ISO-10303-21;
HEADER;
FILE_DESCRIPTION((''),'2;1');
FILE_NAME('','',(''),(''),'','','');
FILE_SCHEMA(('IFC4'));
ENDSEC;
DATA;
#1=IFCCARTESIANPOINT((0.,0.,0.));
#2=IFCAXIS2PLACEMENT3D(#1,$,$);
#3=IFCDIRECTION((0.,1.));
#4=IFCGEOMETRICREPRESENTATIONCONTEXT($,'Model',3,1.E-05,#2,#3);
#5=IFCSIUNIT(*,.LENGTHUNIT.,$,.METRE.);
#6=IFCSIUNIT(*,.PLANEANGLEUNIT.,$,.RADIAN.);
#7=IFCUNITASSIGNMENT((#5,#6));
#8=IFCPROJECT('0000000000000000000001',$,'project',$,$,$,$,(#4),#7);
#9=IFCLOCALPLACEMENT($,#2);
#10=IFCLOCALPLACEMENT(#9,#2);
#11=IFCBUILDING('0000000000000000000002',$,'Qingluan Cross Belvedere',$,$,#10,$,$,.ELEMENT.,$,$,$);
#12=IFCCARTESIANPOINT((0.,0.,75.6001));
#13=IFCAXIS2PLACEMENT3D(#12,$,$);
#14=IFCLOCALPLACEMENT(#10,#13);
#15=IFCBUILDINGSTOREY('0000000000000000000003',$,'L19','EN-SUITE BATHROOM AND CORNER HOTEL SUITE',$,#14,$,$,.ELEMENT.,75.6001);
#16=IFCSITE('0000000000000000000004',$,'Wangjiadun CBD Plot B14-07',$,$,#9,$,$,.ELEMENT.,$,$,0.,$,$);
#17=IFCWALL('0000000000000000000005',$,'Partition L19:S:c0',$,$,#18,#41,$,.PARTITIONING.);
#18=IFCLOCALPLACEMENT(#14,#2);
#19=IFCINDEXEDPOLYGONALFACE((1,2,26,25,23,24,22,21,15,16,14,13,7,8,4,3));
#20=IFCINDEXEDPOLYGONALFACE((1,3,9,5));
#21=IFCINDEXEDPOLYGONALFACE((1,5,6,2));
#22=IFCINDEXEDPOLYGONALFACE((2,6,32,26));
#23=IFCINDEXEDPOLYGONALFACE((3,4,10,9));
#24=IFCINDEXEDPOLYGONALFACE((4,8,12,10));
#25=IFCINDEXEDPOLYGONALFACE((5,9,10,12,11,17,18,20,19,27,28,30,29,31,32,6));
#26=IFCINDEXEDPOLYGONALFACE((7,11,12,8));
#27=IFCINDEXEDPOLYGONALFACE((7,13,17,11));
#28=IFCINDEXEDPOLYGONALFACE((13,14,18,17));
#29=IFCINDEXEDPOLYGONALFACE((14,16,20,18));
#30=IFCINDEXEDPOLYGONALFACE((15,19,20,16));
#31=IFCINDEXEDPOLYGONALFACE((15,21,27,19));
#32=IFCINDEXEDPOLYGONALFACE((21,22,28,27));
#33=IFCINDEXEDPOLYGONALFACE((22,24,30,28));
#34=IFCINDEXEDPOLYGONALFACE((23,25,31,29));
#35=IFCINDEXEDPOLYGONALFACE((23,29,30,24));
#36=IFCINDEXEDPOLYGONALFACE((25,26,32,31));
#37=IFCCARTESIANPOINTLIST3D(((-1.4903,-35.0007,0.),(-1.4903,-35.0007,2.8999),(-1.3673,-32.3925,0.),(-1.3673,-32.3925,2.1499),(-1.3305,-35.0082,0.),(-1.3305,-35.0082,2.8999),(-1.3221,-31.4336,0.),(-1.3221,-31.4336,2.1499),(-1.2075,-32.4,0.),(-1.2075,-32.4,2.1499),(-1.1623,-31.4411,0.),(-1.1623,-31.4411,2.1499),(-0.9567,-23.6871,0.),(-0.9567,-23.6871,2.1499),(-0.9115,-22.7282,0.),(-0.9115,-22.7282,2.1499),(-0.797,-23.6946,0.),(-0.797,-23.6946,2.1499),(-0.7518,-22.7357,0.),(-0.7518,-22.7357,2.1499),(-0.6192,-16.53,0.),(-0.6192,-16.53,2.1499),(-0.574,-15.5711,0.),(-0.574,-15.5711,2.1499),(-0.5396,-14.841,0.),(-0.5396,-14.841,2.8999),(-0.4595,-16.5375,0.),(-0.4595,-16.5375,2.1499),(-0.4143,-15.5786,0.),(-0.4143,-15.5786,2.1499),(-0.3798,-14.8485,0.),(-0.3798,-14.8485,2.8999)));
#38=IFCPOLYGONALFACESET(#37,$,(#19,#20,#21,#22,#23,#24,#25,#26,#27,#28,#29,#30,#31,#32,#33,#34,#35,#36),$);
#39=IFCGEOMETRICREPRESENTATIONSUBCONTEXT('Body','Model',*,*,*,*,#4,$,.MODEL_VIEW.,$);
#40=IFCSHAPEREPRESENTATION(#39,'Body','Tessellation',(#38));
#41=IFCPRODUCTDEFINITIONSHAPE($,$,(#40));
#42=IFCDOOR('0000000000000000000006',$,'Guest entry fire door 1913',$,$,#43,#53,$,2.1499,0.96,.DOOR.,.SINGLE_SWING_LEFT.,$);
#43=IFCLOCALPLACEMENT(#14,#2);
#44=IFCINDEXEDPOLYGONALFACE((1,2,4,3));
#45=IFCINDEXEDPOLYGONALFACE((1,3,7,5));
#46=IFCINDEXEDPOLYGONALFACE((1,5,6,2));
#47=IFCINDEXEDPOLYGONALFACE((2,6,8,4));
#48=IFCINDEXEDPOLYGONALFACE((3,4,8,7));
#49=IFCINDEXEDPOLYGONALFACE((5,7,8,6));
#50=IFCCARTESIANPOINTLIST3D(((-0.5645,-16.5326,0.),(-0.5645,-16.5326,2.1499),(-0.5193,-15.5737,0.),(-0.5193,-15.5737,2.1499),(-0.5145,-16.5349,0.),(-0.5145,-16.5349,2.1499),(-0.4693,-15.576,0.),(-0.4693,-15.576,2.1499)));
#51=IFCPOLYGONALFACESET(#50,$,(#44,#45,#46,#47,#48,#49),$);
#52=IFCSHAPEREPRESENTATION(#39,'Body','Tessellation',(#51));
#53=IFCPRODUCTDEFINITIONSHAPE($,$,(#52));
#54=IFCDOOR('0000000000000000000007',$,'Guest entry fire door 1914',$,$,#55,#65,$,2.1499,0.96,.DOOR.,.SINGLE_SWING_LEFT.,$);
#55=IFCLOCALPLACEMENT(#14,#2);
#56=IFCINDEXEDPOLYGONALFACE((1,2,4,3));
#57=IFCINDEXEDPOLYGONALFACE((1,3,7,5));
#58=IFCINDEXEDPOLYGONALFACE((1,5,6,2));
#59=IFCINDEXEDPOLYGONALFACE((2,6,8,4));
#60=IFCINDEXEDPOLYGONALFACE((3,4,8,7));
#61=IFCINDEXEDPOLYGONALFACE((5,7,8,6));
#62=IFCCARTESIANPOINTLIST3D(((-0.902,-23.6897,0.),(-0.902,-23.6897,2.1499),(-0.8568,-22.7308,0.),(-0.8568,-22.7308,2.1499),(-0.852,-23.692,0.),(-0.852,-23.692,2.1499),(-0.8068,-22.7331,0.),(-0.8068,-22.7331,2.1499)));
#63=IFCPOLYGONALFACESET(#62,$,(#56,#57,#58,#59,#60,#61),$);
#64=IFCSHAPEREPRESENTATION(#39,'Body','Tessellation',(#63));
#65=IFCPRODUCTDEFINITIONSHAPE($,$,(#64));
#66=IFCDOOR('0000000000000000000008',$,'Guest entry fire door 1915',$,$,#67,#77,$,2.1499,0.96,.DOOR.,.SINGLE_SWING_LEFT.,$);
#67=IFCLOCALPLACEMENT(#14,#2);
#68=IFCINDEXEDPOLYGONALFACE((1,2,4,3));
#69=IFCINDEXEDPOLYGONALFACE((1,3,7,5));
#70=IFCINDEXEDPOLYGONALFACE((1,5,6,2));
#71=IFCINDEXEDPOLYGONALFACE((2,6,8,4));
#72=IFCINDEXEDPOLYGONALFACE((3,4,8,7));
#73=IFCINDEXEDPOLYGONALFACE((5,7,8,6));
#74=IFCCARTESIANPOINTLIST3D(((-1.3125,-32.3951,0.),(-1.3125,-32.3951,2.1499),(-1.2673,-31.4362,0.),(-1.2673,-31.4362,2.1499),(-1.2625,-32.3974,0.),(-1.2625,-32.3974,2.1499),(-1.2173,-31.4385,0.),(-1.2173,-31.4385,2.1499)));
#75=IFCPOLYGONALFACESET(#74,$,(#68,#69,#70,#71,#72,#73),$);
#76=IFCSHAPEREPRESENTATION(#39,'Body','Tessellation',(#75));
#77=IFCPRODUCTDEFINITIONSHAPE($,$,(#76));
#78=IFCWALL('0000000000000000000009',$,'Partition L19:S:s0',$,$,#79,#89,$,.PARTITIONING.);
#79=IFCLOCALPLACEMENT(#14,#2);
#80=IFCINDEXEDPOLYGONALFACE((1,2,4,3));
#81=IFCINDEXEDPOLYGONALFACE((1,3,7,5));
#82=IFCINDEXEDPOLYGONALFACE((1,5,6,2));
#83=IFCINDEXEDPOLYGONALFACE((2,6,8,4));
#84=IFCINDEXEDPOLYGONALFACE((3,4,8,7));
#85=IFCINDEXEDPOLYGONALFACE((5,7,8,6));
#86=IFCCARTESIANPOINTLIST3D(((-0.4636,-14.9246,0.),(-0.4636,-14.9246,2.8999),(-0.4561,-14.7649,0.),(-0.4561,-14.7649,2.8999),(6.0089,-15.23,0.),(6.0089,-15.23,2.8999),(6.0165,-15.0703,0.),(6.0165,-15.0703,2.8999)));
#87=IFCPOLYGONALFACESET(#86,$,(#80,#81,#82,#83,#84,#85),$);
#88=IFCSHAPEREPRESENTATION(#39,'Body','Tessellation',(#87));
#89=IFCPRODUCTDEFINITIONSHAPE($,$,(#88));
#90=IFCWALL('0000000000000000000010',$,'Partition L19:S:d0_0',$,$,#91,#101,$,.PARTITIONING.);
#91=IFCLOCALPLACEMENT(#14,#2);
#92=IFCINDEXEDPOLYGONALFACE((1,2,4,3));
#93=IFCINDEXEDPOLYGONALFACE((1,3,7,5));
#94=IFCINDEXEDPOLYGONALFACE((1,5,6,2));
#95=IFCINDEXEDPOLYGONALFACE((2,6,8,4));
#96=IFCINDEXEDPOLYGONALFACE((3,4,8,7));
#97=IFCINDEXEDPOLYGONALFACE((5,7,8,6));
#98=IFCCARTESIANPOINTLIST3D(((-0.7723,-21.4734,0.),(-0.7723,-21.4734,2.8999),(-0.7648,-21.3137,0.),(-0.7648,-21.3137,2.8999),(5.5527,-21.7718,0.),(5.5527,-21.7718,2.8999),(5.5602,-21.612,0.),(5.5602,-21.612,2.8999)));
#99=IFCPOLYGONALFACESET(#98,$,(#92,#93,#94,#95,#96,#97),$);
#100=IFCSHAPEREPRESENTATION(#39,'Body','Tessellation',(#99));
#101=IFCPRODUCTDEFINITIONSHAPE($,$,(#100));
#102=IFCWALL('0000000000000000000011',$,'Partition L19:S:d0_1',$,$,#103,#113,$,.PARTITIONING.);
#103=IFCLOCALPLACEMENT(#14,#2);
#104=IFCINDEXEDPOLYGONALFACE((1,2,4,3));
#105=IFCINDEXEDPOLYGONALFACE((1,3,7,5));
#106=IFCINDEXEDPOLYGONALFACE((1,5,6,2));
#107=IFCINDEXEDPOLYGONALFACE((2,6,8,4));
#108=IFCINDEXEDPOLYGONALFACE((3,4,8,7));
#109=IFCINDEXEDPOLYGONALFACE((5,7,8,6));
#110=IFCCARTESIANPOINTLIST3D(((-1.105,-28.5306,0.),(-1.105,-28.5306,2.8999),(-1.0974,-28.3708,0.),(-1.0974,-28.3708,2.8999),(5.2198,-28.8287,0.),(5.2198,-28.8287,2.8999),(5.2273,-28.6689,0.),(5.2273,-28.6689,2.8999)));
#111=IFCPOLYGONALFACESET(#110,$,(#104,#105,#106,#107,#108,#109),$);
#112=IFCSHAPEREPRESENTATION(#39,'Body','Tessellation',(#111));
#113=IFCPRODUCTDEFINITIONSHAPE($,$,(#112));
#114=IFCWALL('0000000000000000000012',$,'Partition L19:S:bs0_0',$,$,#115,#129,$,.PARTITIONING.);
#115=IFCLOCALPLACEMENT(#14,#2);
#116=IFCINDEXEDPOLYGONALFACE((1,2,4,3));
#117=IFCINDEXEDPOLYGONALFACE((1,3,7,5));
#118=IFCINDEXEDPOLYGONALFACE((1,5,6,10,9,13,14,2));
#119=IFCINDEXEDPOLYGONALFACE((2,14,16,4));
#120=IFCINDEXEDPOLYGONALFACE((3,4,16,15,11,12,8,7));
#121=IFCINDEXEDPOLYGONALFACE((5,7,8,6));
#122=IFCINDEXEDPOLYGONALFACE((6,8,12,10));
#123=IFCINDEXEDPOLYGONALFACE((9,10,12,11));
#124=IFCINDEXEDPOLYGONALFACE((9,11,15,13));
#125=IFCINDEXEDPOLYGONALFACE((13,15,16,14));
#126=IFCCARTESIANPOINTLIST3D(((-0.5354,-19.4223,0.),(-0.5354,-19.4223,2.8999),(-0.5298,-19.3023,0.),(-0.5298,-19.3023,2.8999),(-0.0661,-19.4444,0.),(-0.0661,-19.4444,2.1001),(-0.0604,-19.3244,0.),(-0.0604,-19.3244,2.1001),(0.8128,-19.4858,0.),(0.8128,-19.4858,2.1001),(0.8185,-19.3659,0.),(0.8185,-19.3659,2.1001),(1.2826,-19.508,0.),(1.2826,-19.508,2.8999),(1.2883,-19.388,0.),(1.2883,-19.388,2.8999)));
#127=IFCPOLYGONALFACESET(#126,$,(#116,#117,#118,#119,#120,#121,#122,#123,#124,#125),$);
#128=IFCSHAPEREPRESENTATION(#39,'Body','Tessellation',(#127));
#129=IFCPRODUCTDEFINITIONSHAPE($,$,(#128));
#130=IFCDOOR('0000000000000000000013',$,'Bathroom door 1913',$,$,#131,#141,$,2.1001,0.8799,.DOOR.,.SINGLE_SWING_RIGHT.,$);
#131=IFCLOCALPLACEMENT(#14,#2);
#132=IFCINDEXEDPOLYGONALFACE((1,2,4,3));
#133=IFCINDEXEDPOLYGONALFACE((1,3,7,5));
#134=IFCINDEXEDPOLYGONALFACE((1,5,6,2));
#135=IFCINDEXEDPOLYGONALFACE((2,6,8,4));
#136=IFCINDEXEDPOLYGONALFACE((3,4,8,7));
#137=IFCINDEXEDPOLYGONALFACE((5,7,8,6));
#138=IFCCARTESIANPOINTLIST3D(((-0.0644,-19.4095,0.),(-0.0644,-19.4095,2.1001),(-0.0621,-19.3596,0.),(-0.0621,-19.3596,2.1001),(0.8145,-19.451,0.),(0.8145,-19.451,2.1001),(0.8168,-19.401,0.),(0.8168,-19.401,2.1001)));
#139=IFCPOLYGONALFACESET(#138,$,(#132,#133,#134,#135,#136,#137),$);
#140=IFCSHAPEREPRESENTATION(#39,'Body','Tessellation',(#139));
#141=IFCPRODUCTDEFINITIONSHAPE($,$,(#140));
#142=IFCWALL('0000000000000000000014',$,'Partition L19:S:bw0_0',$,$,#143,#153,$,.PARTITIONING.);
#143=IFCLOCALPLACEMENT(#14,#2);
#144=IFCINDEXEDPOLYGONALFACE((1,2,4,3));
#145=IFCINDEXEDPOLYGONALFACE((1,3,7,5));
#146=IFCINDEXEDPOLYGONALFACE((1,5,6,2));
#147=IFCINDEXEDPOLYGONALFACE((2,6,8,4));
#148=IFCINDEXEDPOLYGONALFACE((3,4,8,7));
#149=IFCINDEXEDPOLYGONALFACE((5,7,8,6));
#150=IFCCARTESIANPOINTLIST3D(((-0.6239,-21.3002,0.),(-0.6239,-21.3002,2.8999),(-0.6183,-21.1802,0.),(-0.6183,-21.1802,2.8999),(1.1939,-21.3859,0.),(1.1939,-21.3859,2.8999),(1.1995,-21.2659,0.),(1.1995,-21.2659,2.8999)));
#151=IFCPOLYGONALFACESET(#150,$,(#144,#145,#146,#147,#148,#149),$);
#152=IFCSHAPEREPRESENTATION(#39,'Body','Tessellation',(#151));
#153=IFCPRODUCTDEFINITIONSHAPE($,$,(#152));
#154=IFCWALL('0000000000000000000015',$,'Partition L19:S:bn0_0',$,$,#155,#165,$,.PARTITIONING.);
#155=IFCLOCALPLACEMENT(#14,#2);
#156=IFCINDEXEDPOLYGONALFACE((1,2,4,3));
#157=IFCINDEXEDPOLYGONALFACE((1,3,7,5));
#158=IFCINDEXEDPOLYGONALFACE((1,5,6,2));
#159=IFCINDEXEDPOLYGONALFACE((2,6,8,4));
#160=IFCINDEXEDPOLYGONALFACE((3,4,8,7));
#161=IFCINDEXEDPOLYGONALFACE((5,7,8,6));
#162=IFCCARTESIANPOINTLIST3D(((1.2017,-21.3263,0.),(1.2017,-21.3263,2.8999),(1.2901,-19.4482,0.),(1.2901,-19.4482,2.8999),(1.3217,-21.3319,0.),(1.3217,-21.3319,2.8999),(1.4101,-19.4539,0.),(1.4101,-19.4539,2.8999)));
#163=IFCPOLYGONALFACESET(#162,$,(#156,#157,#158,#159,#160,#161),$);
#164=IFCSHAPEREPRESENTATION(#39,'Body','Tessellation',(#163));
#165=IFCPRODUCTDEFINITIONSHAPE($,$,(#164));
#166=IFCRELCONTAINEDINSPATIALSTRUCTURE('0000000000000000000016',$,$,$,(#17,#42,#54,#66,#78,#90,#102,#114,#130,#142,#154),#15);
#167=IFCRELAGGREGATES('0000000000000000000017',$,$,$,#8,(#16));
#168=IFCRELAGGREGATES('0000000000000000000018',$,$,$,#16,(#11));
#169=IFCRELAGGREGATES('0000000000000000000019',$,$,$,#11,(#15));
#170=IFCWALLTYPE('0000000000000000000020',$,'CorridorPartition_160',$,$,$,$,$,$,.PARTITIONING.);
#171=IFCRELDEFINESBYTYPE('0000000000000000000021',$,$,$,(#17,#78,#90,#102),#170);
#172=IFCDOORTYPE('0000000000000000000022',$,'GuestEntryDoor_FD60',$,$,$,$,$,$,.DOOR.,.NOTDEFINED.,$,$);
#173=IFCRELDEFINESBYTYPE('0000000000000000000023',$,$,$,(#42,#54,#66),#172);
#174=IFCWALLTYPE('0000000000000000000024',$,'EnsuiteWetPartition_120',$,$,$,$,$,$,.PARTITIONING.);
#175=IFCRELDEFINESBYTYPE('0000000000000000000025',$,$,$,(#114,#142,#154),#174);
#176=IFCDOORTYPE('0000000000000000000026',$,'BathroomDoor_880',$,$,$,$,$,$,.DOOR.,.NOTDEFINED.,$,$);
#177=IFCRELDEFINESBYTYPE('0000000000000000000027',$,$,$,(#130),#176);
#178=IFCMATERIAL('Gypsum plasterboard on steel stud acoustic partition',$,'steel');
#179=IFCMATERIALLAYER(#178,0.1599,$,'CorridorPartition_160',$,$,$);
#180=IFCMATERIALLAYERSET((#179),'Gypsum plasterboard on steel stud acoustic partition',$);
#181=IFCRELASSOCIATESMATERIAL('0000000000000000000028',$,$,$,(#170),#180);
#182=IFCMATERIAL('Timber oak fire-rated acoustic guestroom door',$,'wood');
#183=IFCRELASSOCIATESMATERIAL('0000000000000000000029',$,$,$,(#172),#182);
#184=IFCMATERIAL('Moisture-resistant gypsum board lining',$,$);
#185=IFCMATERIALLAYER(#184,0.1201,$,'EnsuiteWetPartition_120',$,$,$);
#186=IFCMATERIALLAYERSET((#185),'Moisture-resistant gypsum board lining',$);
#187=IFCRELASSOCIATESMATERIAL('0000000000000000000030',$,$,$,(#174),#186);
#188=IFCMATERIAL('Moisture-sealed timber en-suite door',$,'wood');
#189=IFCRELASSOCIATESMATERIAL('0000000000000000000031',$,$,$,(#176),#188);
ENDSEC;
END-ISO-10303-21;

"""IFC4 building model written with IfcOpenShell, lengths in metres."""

from ifc_helpers import new_model, si_unit, direction, frame, frame_2d, origin, place, context, subcontext, project, spatial, rectangle, extrude, material, layer, layer_set, type_object, element, fill, save


model = new_model("IFC4")

# Units and contexts
model_context = context("Model", 3, precision=1e-05, world=origin(), true_north=direction((0.0, 1.0)))
body_context = subcontext(model_context, "Body", "Model", "MODEL_VIEW")
ifc_project = project(units=[si_unit("LENGTHUNIT", "METRE"), si_unit("PLANEANGLEUNIT", "RADIAN")], contexts=[model_context])

# Site, building, storey
site_placement = place(None, origin())
site = spatial("IfcSite", under=ifc_project, at=site_placement, Name="Wangjiadun CBD Plot B14-07", CompositionType="ELEMENT", RefElevation=0.0)
building_placement = place(site_placement, origin())
building = spatial("IfcBuilding", under=site, at=building_placement, Name="Qingluan Cross Belvedere", CompositionType="ELEMENT")
storey_placement = place(building_placement, frame((0.0, 0.0, 75.6001)))
storey = spatial("IfcBuildingStorey", under=building, at=storey_placement, Name="L19", Description="EN-SUITE BATHROOM AND CORNER HOTEL SUITE", CompositionType="ELEMENT", Elevation=75.6001)

# Wall, openings, doors
ifc_material_1 = material(Name="Gypsum plasterboard on steel stud acoustic partition", Category="steel")
ifc_layer_1 = layer(ifc_material_1, 0.1599, Name="CorridorPartition_160")
ifc_layer_set_1 = layer_set([ifc_layer_1], Name="Gypsum plasterboard on steel stud acoustic partition")
wall_type_1 = type_object("IfcWallType", Name="CorridorPartition_160", PredefinedType="PARTITIONING", material=ifc_layer_set_1)
wall_1_placement = place(storey_placement, frame((-0.4597, -14.8447, 0.0), z_axis=(0.0, 0.0, 1.0), x_axis=(-0.047105, -0.99889, 0.0)))
wall_1 = element("IfcWall", 1, at=wall_1_placement, inside=storey, type_object=wall_type_1, Name="Partition L19:S:c0", PredefinedType="PARTITIONING", context=body_context, shape_type="SweptSolid", body=[
    extrude(rectangle(XDim=20.1821, YDim=0.1599, at=frame_2d((10.0911, 0.0))), origin(), (0.0, 0.0, 1.0), 2.8999),
])
opening_1_placement = place(wall_1_placement, frame((0.731, 0.0, 0.0)))
opening_1 = element("IfcOpeningElement", 2, at=opening_1_placement, cuts=wall_1, PredefinedType="OPENING", context=body_context, shape_type="SweptSolid", body=[
    extrude(rectangle(XDim=0.96, YDim=2.1499, at=frame_2d((0.48, 1.075))), frame((0.0, 0.0898, 0.0), z_axis=(0.0, -1.0, 0.0), x_axis=(1.0, 0.0, 0.0)), (0.0, 0.0, 1.0), 0.1799),
])
opening_2_placement = place(wall_1_placement, frame((7.896, 0.0, 0.0)))
opening_2 = element("IfcOpeningElement", 3, at=opening_2_placement, cuts=wall_1, PredefinedType="OPENING", context=body_context, shape_type="SweptSolid", body=[
    extrude(rectangle(XDim=0.96, YDim=2.1499, at=frame_2d((0.48, 1.075))), frame((0.0, 0.0898, 0.0), z_axis=(0.0, -1.0, 0.0), x_axis=(1.0, 0.0, 0.0)), (0.0, 0.0, 1.0), 0.1799),
])
opening_3_placement = place(wall_1_placement, frame((16.6111, 0.0, 0.0)))
opening_3 = element("IfcOpeningElement", 4, at=opening_3_placement, cuts=wall_1, PredefinedType="OPENING", context=body_context, shape_type="SweptSolid", body=[
    extrude(rectangle(XDim=0.96, YDim=2.1499, at=frame_2d((0.48, 1.075))), frame((0.0, 0.0898, 0.0), z_axis=(0.0, -1.0, 0.0), x_axis=(1.0, 0.0, 0.0)), (0.0, 0.0, 1.0), 0.1799),
])
ifc_material_2 = material(Name="Timber oak fire-rated acoustic guestroom door", Category="wood")
door_type_1 = type_object("IfcDoorType", Name="GuestEntryDoor_FD60", OperationType="NOTDEFINED", PredefinedType="DOOR", material=ifc_material_2)
door_1_placement = place(opening_1_placement, origin())
door_1 = element("IfcDoor", 5, at=door_1_placement, inside=storey, type_object=door_type_1, Name="Guest entry fire door 1913", OperationType="SINGLE_SWING_LEFT", OverallHeight=2.1499, OverallWidth=0.96, PredefinedType="DOOR", context=body_context, shape_type="SweptSolid", body=[
    extrude(rectangle(XDim=0.96, YDim=2.1499, at=frame_2d((0.48, 1.075))), frame((0.0, 0.0249, 0.0), z_axis=(0.0, -1.0, 0.0), x_axis=(1.0, 0.0, 0.0)), (0.0, 0.0, 1.0), 0.05),
])
fill(opening_1, door_1)
door_2_placement = place(opening_2_placement, origin())
door_2 = element("IfcDoor", 6, at=door_2_placement, inside=storey, type_object=door_type_1, Name="Guest entry fire door 1914", OperationType="SINGLE_SWING_LEFT", OverallHeight=2.1499, OverallWidth=0.96, PredefinedType="DOOR", context=body_context, shape_type="SweptSolid", body=[
    extrude(rectangle(XDim=0.96, YDim=2.1499, at=frame_2d((0.48, 1.075))), frame((0.0, 0.0249, 0.0), z_axis=(0.0, -1.0, 0.0), x_axis=(1.0, 0.0, 0.0)), (0.0, 0.0, 1.0), 0.05),
])
fill(opening_2, door_2)
door_3_placement = place(opening_3_placement, origin())
door_3 = element("IfcDoor", 7, at=door_3_placement, inside=storey, type_object=door_type_1, Name="Guest entry fire door 1915", OperationType="SINGLE_SWING_LEFT", OverallHeight=2.1499, OverallWidth=0.96, PredefinedType="DOOR", context=body_context, shape_type="SweptSolid", body=[
    extrude(rectangle(XDim=0.96, YDim=2.1499, at=frame_2d((0.48, 1.075))), frame((0.0, 0.0249, 0.0), z_axis=(0.0, -1.0, 0.0), x_axis=(1.0, 0.0, 0.0)), (0.0, 0.0, 1.0), 0.05),
])
fill(opening_3, door_3)

# Walls
wall_2_placement = place(storey_placement, frame((-0.4597, -14.8447, 0.0), z_axis=(0.0, 0.0, 1.0), x_axis=(0.998889, -0.047134, 0.0)))
element("IfcWall", 8, at=wall_2_placement, inside=storey, type_object=wall_type_1, Name="Partition L19:S:s0", PredefinedType="PARTITIONING", context=body_context, shape_type="SweptSolid", body=[
    extrude(rectangle(XDim=6.4797, YDim=0.1599, at=frame_2d((3.2397, 0.0))), origin(), (0.0, 0.0, 1.0), 2.8999),
])
wall_3_placement = place(storey_placement, frame((-0.7686, -21.3936, 0.0), z_axis=(0.0, 0.0, 1.0), x_axis=(0.998889, -0.047116, 0.0)))
element("IfcWall", 9, at=wall_3_placement, inside=storey, type_object=wall_type_1, Name="Partition L19:S:d0_0", PredefinedType="PARTITIONING", context=body_context, shape_type="SweptSolid", body=[
    extrude(rectangle(XDim=6.332, YDim=0.1599, at=frame_2d((3.166, 0.0))), origin(), (0.0, 0.0, 1.0), 2.8999),
])
wall_4_placement = place(storey_placement, frame((-1.1013, -28.4507, 0.0), z_axis=(0.0, 0.0, 1.0), x_axis=(0.998891, -0.04708, 0.0)))
element("IfcWall", 10, at=wall_4_placement, inside=storey, type_object=wall_type_1, Name="Partition L19:S:d0_1", PredefinedType="PARTITIONING", context=body_context, shape_type="SweptSolid", body=[
    extrude(rectangle(XDim=6.3318, YDim=0.1599, at=frame_2d((3.166, 0.0))), origin(), (0.0, 0.0, 1.0), 2.8999),
])

# Wall, opening, door
ifc_material_3 = material(Name="Moisture-resistant gypsum board lining")
ifc_layer_2 = layer(ifc_material_3, 0.1201, Name="EnsuiteWetPartition_120")
ifc_layer_set_2 = layer_set([ifc_layer_2], Name="Moisture-resistant gypsum board lining")
wall_type_2 = type_object("IfcWallType", Name="EnsuiteWetPartition_120", PredefinedType="PARTITIONING", material=ifc_layer_set_2)
wall_5_placement = place(storey_placement, frame((-0.5327, -19.3623, 0.0), z_axis=(0.0, 0.0, 1.0), x_axis=(0.998891, -0.047081, 0.0)))
wall_5 = element("IfcWall", 11, at=wall_5_placement, inside=storey, type_object=wall_type_2, Name="Partition L19:S:bs0_0", PredefinedType="PARTITIONING", context=body_context, shape_type="SweptSolid", body=[
    extrude(rectangle(XDim=1.8201, YDim=0.1201, at=frame_2d((0.9102, 0.0))), origin(), (0.0, 0.0, 1.0), 2.8999),
])
opening_4_placement = place(wall_5_placement, frame((0.47, 0.0, 0.0)))
opening_4 = element("IfcOpeningElement", 12, at=opening_4_placement, cuts=wall_5, PredefinedType="OPENING", context=body_context, shape_type="SweptSolid", body=[
    extrude(rectangle(XDim=0.8799, YDim=2.1001, at=frame_2d((0.4399, 1.05))), frame((0.0, 0.0701, 0.0), z_axis=(0.0, -1.0, 0.0), x_axis=(1.0, 0.0, 0.0)), (0.0, 0.0, 1.0), 0.1401),
])
ifc_material_4 = material(Name="Moisture-sealed timber en-suite door", Category="wood")
door_type_2 = type_object("IfcDoorType", Name="BathroomDoor_880", OperationType="NOTDEFINED", PredefinedType="DOOR", material=ifc_material_4)
door_4_placement = place(opening_4_placement, origin())
door_4 = element("IfcDoor", 13, at=door_4_placement, inside=storey, type_object=door_type_2, Name="Bathroom door 1913", OperationType="SINGLE_SWING_RIGHT", OverallHeight=2.1001, OverallWidth=0.8799, PredefinedType="DOOR", context=body_context, shape_type="SweptSolid", body=[
    extrude(rectangle(XDim=0.8799, YDim=2.1001, at=frame_2d((0.4399, 1.05))), frame((0.0, 0.0249, 0.0), z_axis=(0.0, -1.0, 0.0), x_axis=(1.0, 0.0, 0.0)), (0.0, 0.0, 1.0), 0.05),
])
fill(opening_4, door_4)

# Walls
wall_6_placement = place(storey_placement, frame((-0.6211, -21.2402, 0.0), z_axis=(0.0, 0.0, 1.0), x_axis=(0.998891, -0.047087, 0.0)))
element("IfcWall", 14, at=wall_6_placement, inside=storey, type_object=wall_type_2, Name="Partition L19:S:bw0_0", PredefinedType="PARTITIONING", context=body_context, shape_type="SweptSolid", body=[
    extrude(rectangle(XDim=1.8198, YDim=0.1201, at=frame_2d((0.9099, 0.0))), origin(), (0.0, 0.0, 1.0), 2.8999),
])
wall_7_placement = place(storey_placement, frame((1.3501, -19.4512, 0.0), z_axis=(0.0, 0.0, 1.0), x_axis=(-0.04701, -0.998894, 0.0)))
element("IfcWall", 15, at=wall_7_placement, inside=storey, type_object=wall_type_2, Name="Partition L19:S:bn0_0", PredefinedType="PARTITIONING", context=body_context, shape_type="SweptSolid", body=[
    extrude(rectangle(XDim=1.8801, YDim=0.1201, at=frame_2d((0.9399, 0.0))), origin(), (0.0, 0.0, 1.0), 2.8999),
])

save(model, "model.ifc")
